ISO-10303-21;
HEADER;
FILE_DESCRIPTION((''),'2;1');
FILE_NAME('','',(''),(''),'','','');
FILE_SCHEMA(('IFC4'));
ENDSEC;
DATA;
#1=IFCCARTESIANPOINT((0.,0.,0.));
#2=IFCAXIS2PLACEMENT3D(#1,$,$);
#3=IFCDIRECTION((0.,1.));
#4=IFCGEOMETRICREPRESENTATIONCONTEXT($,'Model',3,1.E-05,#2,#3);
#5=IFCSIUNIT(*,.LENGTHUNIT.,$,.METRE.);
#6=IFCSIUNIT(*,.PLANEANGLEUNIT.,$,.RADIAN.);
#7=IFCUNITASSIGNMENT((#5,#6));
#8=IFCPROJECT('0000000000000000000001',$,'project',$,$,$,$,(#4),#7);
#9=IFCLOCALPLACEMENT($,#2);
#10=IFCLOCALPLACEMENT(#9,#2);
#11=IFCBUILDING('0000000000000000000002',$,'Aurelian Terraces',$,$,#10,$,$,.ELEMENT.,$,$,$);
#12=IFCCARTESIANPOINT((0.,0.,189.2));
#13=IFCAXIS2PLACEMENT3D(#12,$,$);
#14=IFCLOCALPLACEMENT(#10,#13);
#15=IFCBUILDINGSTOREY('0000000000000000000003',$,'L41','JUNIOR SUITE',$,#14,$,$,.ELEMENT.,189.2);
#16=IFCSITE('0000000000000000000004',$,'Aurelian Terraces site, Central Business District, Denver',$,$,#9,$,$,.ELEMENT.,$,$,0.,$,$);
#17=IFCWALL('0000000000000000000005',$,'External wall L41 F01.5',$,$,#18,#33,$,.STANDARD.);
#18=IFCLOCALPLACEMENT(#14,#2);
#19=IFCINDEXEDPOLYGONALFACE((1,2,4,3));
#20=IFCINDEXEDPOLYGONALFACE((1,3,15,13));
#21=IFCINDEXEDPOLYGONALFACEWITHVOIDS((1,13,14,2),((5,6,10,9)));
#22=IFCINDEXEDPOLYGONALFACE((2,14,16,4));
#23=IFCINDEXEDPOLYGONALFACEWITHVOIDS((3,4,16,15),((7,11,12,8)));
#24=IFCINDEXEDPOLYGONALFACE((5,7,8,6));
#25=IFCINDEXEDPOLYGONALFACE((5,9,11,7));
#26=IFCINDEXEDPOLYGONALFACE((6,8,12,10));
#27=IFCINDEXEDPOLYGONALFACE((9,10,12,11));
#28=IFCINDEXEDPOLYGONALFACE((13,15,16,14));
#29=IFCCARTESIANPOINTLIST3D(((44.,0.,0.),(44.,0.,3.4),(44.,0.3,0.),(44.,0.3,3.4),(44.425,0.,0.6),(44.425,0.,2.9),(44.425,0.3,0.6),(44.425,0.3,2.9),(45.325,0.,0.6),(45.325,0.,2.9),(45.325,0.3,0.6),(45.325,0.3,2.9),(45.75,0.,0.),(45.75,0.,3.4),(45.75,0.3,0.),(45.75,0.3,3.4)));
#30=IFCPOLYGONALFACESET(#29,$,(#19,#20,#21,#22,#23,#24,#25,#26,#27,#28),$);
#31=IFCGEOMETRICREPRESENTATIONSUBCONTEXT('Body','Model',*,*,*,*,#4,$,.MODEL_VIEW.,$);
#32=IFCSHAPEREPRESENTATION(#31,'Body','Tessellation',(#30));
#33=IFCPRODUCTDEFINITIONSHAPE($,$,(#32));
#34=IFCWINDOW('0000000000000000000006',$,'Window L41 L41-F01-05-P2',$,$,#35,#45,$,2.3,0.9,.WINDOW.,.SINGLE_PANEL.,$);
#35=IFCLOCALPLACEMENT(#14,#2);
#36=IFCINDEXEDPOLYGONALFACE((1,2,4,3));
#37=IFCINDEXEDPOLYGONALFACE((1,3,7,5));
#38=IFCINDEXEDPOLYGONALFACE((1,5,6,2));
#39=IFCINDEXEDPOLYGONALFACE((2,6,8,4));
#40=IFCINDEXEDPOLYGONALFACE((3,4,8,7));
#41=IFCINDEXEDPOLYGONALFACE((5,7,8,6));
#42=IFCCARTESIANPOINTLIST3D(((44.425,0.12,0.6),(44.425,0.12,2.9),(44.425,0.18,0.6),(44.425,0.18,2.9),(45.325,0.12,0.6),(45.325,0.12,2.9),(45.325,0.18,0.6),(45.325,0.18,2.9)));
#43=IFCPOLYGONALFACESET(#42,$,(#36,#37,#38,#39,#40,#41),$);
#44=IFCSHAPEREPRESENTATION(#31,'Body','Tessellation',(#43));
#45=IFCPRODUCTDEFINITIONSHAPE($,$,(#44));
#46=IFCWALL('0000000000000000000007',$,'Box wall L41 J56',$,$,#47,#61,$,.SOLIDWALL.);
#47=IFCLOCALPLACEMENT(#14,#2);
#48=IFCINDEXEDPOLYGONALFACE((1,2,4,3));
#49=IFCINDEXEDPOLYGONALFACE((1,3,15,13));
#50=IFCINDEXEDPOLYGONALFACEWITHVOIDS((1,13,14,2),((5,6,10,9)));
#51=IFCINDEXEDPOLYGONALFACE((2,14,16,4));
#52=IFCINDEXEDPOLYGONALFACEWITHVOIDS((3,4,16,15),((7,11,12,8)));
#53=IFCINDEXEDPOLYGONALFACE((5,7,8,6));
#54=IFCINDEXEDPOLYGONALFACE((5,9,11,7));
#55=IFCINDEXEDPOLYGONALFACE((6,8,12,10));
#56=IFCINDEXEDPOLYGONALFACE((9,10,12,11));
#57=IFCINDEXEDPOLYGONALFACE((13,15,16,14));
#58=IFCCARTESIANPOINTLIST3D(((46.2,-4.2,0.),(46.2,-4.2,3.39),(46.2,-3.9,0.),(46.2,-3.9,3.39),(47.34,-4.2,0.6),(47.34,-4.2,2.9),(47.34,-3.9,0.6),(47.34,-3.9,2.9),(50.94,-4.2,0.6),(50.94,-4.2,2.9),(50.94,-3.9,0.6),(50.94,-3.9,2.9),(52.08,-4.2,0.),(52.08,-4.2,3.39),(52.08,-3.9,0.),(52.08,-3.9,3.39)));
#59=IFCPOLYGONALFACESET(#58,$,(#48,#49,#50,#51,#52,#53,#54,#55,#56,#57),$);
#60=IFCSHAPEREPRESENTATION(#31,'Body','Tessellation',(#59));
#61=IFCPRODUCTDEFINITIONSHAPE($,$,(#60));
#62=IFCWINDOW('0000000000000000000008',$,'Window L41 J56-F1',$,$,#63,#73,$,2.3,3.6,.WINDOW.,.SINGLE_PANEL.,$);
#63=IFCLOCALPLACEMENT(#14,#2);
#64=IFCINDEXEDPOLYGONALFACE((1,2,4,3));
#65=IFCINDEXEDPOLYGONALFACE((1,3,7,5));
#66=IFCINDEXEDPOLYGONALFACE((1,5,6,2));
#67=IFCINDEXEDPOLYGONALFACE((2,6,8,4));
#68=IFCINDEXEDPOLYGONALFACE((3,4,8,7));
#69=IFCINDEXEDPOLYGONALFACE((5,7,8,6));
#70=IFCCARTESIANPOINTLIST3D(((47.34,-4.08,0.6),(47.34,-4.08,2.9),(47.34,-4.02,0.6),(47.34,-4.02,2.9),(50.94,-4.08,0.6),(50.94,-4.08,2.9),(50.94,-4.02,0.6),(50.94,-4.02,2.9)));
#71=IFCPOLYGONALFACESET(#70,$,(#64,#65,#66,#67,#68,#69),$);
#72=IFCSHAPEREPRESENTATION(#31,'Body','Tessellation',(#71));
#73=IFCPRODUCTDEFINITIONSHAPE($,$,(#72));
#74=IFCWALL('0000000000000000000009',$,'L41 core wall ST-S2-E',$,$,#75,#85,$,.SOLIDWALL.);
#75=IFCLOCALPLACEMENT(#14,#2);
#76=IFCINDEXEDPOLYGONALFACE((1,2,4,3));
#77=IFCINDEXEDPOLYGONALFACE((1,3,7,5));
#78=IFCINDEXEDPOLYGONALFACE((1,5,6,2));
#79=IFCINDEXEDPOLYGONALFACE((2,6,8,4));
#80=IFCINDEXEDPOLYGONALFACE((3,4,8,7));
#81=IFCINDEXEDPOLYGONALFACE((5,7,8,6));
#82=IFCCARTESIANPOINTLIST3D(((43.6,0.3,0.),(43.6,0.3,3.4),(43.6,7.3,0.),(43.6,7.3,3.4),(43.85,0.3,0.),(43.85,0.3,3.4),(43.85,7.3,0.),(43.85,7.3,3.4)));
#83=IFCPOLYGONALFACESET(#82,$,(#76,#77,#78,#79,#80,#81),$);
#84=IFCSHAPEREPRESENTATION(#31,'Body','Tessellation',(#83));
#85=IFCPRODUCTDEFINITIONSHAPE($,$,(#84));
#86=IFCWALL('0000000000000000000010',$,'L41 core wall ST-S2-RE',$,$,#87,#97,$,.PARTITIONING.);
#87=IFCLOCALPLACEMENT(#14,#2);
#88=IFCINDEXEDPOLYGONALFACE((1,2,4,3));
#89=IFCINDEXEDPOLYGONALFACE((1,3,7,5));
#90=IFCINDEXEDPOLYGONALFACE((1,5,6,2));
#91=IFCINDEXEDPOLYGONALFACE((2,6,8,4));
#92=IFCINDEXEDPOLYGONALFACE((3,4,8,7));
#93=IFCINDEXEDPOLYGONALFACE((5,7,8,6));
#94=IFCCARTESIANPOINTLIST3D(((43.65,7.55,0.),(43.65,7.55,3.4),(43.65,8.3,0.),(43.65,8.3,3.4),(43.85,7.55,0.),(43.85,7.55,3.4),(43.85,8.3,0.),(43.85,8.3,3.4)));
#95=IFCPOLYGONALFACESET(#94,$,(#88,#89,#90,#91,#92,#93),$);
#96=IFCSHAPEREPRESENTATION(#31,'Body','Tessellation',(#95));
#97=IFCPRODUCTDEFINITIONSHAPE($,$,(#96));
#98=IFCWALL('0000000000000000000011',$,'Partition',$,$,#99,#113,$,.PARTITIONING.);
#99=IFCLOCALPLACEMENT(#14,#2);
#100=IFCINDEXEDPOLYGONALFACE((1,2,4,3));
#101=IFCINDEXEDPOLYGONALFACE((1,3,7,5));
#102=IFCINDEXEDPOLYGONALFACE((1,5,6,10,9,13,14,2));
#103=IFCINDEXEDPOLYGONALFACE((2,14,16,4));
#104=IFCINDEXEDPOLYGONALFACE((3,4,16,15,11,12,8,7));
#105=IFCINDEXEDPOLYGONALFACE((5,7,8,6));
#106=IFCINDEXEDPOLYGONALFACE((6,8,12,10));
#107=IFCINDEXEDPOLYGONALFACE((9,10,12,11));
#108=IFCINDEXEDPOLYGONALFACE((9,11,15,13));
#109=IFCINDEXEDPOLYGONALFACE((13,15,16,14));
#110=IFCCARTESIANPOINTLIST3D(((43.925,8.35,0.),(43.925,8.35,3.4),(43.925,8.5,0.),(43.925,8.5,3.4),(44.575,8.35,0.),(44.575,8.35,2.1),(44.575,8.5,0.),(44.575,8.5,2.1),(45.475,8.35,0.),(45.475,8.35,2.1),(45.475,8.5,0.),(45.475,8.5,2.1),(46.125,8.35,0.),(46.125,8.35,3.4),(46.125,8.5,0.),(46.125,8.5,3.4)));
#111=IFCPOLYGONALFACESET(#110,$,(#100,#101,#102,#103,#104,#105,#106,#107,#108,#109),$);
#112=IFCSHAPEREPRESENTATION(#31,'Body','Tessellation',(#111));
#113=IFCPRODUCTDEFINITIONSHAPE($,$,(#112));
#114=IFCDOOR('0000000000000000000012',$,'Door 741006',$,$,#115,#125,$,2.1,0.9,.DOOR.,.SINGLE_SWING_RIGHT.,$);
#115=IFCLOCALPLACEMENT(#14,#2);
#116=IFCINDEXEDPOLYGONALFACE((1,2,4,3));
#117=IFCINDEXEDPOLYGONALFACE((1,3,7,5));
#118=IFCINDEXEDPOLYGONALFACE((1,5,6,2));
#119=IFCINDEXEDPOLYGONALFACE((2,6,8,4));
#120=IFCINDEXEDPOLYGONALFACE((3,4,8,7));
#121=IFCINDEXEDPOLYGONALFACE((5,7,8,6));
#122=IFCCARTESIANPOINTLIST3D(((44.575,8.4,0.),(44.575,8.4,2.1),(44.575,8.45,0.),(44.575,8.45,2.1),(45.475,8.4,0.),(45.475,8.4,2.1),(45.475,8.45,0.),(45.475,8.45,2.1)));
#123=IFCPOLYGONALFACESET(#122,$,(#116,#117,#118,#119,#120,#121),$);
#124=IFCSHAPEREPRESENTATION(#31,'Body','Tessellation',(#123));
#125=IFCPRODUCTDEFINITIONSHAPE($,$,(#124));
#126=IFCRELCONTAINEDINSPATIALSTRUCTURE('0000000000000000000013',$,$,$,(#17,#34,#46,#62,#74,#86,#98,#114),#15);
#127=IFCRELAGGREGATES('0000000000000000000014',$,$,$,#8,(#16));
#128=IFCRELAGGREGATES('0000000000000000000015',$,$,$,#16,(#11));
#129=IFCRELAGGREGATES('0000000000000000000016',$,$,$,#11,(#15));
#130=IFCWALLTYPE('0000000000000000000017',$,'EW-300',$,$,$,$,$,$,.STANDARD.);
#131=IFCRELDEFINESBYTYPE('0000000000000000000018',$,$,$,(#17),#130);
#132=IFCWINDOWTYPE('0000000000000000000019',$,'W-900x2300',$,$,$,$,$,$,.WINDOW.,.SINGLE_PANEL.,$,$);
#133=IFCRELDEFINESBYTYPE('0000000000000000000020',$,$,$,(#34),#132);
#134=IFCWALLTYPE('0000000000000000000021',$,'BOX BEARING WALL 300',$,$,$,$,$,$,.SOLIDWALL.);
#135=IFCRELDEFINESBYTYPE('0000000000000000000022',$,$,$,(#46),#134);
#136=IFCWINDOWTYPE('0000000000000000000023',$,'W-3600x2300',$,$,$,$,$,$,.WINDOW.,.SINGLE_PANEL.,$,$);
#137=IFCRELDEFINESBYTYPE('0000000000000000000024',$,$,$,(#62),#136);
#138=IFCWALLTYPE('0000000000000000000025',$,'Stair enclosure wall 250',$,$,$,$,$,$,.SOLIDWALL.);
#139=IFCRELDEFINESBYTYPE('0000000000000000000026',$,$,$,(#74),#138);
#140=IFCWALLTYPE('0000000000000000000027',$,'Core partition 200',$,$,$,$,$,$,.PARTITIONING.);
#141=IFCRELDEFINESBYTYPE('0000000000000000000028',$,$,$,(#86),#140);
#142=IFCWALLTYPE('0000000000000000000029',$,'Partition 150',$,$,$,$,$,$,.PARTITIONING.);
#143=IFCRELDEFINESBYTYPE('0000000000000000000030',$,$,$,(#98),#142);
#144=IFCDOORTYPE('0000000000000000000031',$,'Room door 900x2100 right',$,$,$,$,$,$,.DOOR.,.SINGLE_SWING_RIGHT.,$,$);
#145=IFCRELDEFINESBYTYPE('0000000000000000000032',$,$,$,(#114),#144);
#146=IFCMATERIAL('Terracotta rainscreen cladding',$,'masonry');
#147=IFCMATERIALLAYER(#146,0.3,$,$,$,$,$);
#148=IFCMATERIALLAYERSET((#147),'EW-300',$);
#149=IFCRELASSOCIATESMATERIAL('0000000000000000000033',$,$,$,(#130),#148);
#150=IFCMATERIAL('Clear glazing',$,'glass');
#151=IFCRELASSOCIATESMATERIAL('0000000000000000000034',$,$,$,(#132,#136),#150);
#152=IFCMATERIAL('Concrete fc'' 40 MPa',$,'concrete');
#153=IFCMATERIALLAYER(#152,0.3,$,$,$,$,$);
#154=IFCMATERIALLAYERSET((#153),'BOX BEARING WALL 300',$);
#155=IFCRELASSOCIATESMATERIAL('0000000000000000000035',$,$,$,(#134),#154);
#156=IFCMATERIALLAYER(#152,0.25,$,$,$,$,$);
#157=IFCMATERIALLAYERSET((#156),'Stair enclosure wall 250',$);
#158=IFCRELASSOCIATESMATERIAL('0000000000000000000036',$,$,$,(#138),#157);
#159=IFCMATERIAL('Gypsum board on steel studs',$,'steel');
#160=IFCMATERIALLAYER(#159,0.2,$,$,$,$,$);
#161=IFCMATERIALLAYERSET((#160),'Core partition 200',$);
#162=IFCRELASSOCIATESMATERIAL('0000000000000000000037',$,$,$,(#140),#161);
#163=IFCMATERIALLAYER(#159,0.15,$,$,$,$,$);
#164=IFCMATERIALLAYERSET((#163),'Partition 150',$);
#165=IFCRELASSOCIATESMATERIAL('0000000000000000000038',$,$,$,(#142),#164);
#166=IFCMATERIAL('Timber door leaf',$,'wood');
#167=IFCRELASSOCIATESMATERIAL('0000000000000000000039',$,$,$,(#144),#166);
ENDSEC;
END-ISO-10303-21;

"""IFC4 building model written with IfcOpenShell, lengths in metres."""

from ifc_helpers import new_model, si_unit, direction, frame, frame_2d, origin, place, context, subcontext, project, spatial, rectangle, extrude, source, transform, mapped, material, layer, layer_set, type_object, element, fill, save


model = new_model("IFC4")

# Units and contexts
model_context = context("Model", 3, precision=1e-05, world=origin(), true_north=direction((0.0, 1.0)))
body_context = subcontext(model_context, "Body", "Model", "MODEL_VIEW")
ifc_project = project(units=[si_unit("LENGTHUNIT", "METRE"), si_unit("PLANEANGLEUNIT", "RADIAN")], contexts=[model_context])

# Site, building, storey
site_placement = place(None, origin())
site = spatial("IfcSite", under=ifc_project, at=site_placement, Name="Aurelian Terraces site, Central Business District, Denver", CompositionType="ELEMENT", RefElevation=0.0)
building_placement = place(site_placement, origin())
building = spatial("IfcBuilding", under=site, at=building_placement, Name="Aurelian Terraces", CompositionType="ELEMENT")
storey_placement = place(building_placement, frame((0.0, 0.0, 189.2)))
storey = spatial("IfcBuildingStorey", under=building, at=storey_placement, Name="L41", Description="JUNIOR SUITE", CompositionType="ELEMENT", Elevation=189.2)

# Walls, openings, windows
ifc_material_1 = material(Name="Terracotta rainscreen cladding", Category="masonry")
ifc_layer_1 = layer(ifc_material_1, 0.3)
ifc_layer_set_1 = layer_set([ifc_layer_1], Name="EW-300")
wall_type_1 = type_object("IfcWallType", Name="EW-300", PredefinedType="STANDARD", material=ifc_layer_set_1)
shared_shape_1 = source(origin(), body_context, "Body", "SweptSolid", [
    extrude(rectangle(XDim=1.75, YDim=0.3, at=frame_2d((0.875, 0.0))), origin(), (0.0, 0.0, 1.0), 3.4),
])
wall_1_placement = place(storey_placement, frame((44.0, 0.15, 0.0), z_axis=(0.0, 0.0, 1.0), x_axis=(1.0, 0.0, 0.0)))
wall_1 = element("IfcWall", 1, at=wall_1_placement, inside=storey, type_object=wall_type_1, Name="External wall L41 F01.5", PredefinedType="STANDARD", context=body_context, shape_type="MappedRepresentation", body=[
    mapped(shared_shape_1, transform((0.0, 0.0, 0.0), scale=1.0)),
])
shared_shape_2 = source(origin(), body_context, "Body", "SweptSolid", [
    extrude(rectangle(XDim=0.9, YDim=2.3, at=frame_2d((0.45, 1.15))), frame((0.0, 0.16, 0.0), z_axis=(0.0, -1.0, 0.0), x_axis=(1.0, 0.0, 0.0)), (0.0, 0.0, 1.0), 0.32),
])
opening_1_placement = place(wall_1_placement, frame((0.425, 0.0, 0.6)))
opening_1 = element("IfcOpeningElement", 2, at=opening_1_placement, cuts=wall_1, PredefinedType="OPENING", context=body_context, shape_type="MappedRepresentation", body=[
    mapped(shared_shape_2, transform((0.0, 0.0, 0.0), scale=1.0)),
])
ifc_material_2 = material(Name="Clear glazing", Category="glass")
window_type_1 = type_object("IfcWindowType", Name="W-900x2300", PartitioningType="SINGLE_PANEL", PredefinedType="WINDOW", material=ifc_material_2)
shared_shape_3 = source(origin(), body_context, "Body", "SweptSolid", [
    extrude(rectangle(XDim=0.9, YDim=2.3, at=frame_2d((0.45, 1.15))), frame((0.0, 0.03, 0.0), z_axis=(0.0, -1.0, 0.0), x_axis=(1.0, 0.0, 0.0)), (0.0, 0.0, 1.0), 0.06),
])
window_1_placement = place(opening_1_placement, origin())
window_1 = element("IfcWindow", 3, at=window_1_placement, inside=storey, type_object=window_type_1, Name="Window L41 L41-F01-05-P2", OverallHeight=2.3, OverallWidth=0.9, PartitioningType="SINGLE_PANEL", PredefinedType="WINDOW", context=body_context, shape_type="MappedRepresentation", body=[
    mapped(shared_shape_3, transform((0.0, 0.0, 0.0), scale=1.0)),
])
fill(opening_1, window_1)
ifc_material_3 = material(Name="Concrete fc' 40 MPa", Category="concrete")
ifc_layer_2 = layer(ifc_material_3, 0.3)
ifc_layer_set_2 = layer_set([ifc_layer_2], Name="BOX BEARING WALL 300")
wall_type_2 = type_object("IfcWallType", Name="BOX BEARING WALL 300", PredefinedType="SOLIDWALL", material=ifc_layer_set_2)
shared_shape_4 = source(origin(), body_context, "Body", "SweptSolid", [
    extrude(rectangle(XDim=5.88, YDim=0.3, at=frame_2d((2.94, 0.0))), origin(), (0.0, 0.0, 1.0), 3.39),
])
wall_2_placement = place(storey_placement, frame((46.2, -4.05, 0.0), z_axis=(0.0, 0.0, 1.0), x_axis=(1.0, 0.0, 0.0)))
wall_2 = element("IfcWall", 4, at=wall_2_placement, inside=storey, type_object=wall_type_2, Name="Box wall L41 J56", PredefinedType="SOLIDWALL", context=body_context, shape_type="MappedRepresentation", body=[
    mapped(shared_shape_4, transform((0.0, 0.0, 0.0), scale=1.0)),
])
shared_shape_5 = source(origin(), body_context, "Body", "SweptSolid", [
    extrude(rectangle(XDim=3.6, YDim=2.3, at=frame_2d((1.8, 1.15))), frame((0.0, 0.16, 0.0), z_axis=(0.0, -1.0, 0.0), x_axis=(1.0, 0.0, 0.0)), (0.0, 0.0, 1.0), 0.32),
])
opening_2_placement = place(wall_2_placement, frame((1.14, 0.0, 0.6)))
opening_2 = element("IfcOpeningElement", 5, at=opening_2_placement, cuts=wall_2, PredefinedType="OPENING", context=body_context, shape_type="MappedRepresentation", body=[
    mapped(shared_shape_5, transform((0.0, 0.0, 0.0), scale=1.0)),
])
window_type_2 = type_object("IfcWindowType", Name="W-3600x2300", PartitioningType="SINGLE_PANEL", PredefinedType="WINDOW", material=ifc_material_2)
shared_shape_6 = source(origin(), body_context, "Body", "SweptSolid", [
    extrude(rectangle(XDim=3.6, YDim=2.3, at=frame_2d((1.8, 1.15))), frame((0.0, 0.03, 0.0), z_axis=(0.0, -1.0, 0.0), x_axis=(1.0, 0.0, 0.0)), (0.0, 0.0, 1.0), 0.06),
])
window_2_placement = place(opening_2_placement, origin())
window_2 = element("IfcWindow", 6, at=window_2_placement, inside=storey, type_object=window_type_2, Name="Window L41 J56-F1", OverallHeight=2.3, OverallWidth=3.6, PartitioningType="SINGLE_PANEL", PredefinedType="WINDOW", context=body_context, shape_type="MappedRepresentation", body=[
    mapped(shared_shape_6, transform((0.0, 0.0, 0.0), scale=1.0)),
])
fill(opening_2, window_2)

# Walls
ifc_layer_3 = layer(ifc_material_3, 0.25)
ifc_layer_set_3 = layer_set([ifc_layer_3], Name="Stair enclosure wall 250")
wall_type_3 = type_object("IfcWallType", Name="Stair enclosure wall 250", PredefinedType="SOLIDWALL", material=ifc_layer_set_3)
shared_shape_7 = source(origin(), body_context, "Body", "SweptSolid", [
    extrude(rectangle(XDim=7.0, YDim=0.25, at=frame_2d((3.5, 0.0))), origin(), (0.0, 0.0, 1.0), 3.4),
])
wall_3_placement = place(storey_placement, frame((43.725, 0.3, 0.0), z_axis=(0.0, 0.0, 1.0), x_axis=(0.0, 1.0, 0.0)))
element("IfcWall", 7, at=wall_3_placement, inside=storey, type_object=wall_type_3, Name="L41 core wall ST-S2-E", PredefinedType="SOLIDWALL", context=body_context, shape_type="MappedRepresentation", body=[
    mapped(shared_shape_7, transform((0.0, 0.0, 0.0), scale=1.0)),
])
ifc_material_4 = material(Name="Gypsum board on steel studs", Category="steel")
ifc_layer_4 = layer(ifc_material_4, 0.2)
ifc_layer_set_4 = layer_set([ifc_layer_4], Name="Core partition 200")
wall_type_4 = type_object("IfcWallType", Name="Core partition 200", PredefinedType="PARTITIONING", material=ifc_layer_set_4)
shared_shape_8 = source(origin(), body_context, "Body", "SweptSolid", [
    extrude(rectangle(XDim=0.75, YDim=0.2, at=frame_2d((0.375, 0.0))), origin(), (0.0, 0.0, 1.0), 3.4),
])
wall_4_placement = place(storey_placement, frame((43.75, 7.55, 0.0), z_axis=(0.0, 0.0, 1.0), x_axis=(0.0, 1.0, 0.0)))
element("IfcWall", 8, at=wall_4_placement, inside=storey, type_object=wall_type_4, Name="L41 core wall ST-S2-RE", PredefinedType="PARTITIONING", context=body_context, shape_type="MappedRepresentation", body=[
    mapped(shared_shape_8, transform((0.0, 0.0, 0.0), scale=1.0)),
])

# Wall, opening, door
ifc_layer_5 = layer(ifc_material_4, 0.15)
ifc_layer_set_5 = layer_set([ifc_layer_5], Name="Partition 150")
wall_type_5 = type_object("IfcWallType", Name="Partition 150", PredefinedType="PARTITIONING", material=ifc_layer_set_5)
shared_shape_9 = source(origin(), body_context, "Body", "SweptSolid", [
    extrude(rectangle(XDim=2.2, YDim=0.15, at=frame_2d((1.1, 0.0))), origin(), (0.0, 0.0, 1.0), 3.4),
])
wall_5_placement = place(storey_placement, frame((46.125, 8.425, 0.0), z_axis=(0.0, 0.0, 1.0), x_axis=(-1.0, 0.0, 0.0)))
wall_5 = element("IfcWall", 9, at=wall_5_placement, inside=storey, type_object=wall_type_5, Name="Partition", PredefinedType="PARTITIONING", context=body_context, shape_type="MappedRepresentation", body=[
    mapped(shared_shape_9, transform((0.0, 0.0, 0.0), scale=1.0)),
])
shared_shape_10 = source(origin(), body_context, "Body", "SweptSolid", [
    extrude(rectangle(XDim=0.9, YDim=2.1, at=frame_2d((0.45, 1.05))), frame((0.0, 0.085, 0.0), z_axis=(0.0, -1.0, 0.0), x_axis=(1.0, 0.0, 0.0)), (0.0, 0.0, 1.0), 0.17),
])
opening_3_placement = place(wall_5_placement, frame((0.65, 0.0, 0.0)))
opening_3 = element("IfcOpeningElement", 10, at=opening_3_placement, cuts=wall_5, PredefinedType="OPENING", context=body_context, shape_type="MappedRepresentation", body=[
    mapped(shared_shape_10, transform((0.0, 0.0, 0.0), scale=1.0)),
])
ifc_material_5 = material(Name="Timber door leaf", Category="wood")
door_type = type_object("IfcDoorType", Name="Room door 900x2100 right", OperationType="SINGLE_SWING_RIGHT", PredefinedType="DOOR", material=ifc_material_5)
shared_shape_11 = source(origin(), body_context, "Body", "SweptSolid", [
    extrude(rectangle(XDim=0.9, YDim=2.1, at=frame_2d((0.45, 1.05))), frame((0.0, 0.025, 0.0), z_axis=(0.0, -1.0, 0.0), x_axis=(1.0, 0.0, 0.0)), (0.0, 0.0, 1.0), 0.05),
])
door_placement = place(opening_3_placement, origin())
door = element("IfcDoor", 11, at=door_placement, inside=storey, type_object=door_type, Name="Door 741006", OperationType="SINGLE_SWING_RIGHT", OverallHeight=2.1, OverallWidth=0.9, PredefinedType="DOOR", context=body_context, shape_type="MappedRepresentation", body=[
    mapped(shared_shape_11, transform((0.0, 0.0, 0.0), scale=1.0)),
])
fill(opening_3, door)

save(model, "model.ifc")
